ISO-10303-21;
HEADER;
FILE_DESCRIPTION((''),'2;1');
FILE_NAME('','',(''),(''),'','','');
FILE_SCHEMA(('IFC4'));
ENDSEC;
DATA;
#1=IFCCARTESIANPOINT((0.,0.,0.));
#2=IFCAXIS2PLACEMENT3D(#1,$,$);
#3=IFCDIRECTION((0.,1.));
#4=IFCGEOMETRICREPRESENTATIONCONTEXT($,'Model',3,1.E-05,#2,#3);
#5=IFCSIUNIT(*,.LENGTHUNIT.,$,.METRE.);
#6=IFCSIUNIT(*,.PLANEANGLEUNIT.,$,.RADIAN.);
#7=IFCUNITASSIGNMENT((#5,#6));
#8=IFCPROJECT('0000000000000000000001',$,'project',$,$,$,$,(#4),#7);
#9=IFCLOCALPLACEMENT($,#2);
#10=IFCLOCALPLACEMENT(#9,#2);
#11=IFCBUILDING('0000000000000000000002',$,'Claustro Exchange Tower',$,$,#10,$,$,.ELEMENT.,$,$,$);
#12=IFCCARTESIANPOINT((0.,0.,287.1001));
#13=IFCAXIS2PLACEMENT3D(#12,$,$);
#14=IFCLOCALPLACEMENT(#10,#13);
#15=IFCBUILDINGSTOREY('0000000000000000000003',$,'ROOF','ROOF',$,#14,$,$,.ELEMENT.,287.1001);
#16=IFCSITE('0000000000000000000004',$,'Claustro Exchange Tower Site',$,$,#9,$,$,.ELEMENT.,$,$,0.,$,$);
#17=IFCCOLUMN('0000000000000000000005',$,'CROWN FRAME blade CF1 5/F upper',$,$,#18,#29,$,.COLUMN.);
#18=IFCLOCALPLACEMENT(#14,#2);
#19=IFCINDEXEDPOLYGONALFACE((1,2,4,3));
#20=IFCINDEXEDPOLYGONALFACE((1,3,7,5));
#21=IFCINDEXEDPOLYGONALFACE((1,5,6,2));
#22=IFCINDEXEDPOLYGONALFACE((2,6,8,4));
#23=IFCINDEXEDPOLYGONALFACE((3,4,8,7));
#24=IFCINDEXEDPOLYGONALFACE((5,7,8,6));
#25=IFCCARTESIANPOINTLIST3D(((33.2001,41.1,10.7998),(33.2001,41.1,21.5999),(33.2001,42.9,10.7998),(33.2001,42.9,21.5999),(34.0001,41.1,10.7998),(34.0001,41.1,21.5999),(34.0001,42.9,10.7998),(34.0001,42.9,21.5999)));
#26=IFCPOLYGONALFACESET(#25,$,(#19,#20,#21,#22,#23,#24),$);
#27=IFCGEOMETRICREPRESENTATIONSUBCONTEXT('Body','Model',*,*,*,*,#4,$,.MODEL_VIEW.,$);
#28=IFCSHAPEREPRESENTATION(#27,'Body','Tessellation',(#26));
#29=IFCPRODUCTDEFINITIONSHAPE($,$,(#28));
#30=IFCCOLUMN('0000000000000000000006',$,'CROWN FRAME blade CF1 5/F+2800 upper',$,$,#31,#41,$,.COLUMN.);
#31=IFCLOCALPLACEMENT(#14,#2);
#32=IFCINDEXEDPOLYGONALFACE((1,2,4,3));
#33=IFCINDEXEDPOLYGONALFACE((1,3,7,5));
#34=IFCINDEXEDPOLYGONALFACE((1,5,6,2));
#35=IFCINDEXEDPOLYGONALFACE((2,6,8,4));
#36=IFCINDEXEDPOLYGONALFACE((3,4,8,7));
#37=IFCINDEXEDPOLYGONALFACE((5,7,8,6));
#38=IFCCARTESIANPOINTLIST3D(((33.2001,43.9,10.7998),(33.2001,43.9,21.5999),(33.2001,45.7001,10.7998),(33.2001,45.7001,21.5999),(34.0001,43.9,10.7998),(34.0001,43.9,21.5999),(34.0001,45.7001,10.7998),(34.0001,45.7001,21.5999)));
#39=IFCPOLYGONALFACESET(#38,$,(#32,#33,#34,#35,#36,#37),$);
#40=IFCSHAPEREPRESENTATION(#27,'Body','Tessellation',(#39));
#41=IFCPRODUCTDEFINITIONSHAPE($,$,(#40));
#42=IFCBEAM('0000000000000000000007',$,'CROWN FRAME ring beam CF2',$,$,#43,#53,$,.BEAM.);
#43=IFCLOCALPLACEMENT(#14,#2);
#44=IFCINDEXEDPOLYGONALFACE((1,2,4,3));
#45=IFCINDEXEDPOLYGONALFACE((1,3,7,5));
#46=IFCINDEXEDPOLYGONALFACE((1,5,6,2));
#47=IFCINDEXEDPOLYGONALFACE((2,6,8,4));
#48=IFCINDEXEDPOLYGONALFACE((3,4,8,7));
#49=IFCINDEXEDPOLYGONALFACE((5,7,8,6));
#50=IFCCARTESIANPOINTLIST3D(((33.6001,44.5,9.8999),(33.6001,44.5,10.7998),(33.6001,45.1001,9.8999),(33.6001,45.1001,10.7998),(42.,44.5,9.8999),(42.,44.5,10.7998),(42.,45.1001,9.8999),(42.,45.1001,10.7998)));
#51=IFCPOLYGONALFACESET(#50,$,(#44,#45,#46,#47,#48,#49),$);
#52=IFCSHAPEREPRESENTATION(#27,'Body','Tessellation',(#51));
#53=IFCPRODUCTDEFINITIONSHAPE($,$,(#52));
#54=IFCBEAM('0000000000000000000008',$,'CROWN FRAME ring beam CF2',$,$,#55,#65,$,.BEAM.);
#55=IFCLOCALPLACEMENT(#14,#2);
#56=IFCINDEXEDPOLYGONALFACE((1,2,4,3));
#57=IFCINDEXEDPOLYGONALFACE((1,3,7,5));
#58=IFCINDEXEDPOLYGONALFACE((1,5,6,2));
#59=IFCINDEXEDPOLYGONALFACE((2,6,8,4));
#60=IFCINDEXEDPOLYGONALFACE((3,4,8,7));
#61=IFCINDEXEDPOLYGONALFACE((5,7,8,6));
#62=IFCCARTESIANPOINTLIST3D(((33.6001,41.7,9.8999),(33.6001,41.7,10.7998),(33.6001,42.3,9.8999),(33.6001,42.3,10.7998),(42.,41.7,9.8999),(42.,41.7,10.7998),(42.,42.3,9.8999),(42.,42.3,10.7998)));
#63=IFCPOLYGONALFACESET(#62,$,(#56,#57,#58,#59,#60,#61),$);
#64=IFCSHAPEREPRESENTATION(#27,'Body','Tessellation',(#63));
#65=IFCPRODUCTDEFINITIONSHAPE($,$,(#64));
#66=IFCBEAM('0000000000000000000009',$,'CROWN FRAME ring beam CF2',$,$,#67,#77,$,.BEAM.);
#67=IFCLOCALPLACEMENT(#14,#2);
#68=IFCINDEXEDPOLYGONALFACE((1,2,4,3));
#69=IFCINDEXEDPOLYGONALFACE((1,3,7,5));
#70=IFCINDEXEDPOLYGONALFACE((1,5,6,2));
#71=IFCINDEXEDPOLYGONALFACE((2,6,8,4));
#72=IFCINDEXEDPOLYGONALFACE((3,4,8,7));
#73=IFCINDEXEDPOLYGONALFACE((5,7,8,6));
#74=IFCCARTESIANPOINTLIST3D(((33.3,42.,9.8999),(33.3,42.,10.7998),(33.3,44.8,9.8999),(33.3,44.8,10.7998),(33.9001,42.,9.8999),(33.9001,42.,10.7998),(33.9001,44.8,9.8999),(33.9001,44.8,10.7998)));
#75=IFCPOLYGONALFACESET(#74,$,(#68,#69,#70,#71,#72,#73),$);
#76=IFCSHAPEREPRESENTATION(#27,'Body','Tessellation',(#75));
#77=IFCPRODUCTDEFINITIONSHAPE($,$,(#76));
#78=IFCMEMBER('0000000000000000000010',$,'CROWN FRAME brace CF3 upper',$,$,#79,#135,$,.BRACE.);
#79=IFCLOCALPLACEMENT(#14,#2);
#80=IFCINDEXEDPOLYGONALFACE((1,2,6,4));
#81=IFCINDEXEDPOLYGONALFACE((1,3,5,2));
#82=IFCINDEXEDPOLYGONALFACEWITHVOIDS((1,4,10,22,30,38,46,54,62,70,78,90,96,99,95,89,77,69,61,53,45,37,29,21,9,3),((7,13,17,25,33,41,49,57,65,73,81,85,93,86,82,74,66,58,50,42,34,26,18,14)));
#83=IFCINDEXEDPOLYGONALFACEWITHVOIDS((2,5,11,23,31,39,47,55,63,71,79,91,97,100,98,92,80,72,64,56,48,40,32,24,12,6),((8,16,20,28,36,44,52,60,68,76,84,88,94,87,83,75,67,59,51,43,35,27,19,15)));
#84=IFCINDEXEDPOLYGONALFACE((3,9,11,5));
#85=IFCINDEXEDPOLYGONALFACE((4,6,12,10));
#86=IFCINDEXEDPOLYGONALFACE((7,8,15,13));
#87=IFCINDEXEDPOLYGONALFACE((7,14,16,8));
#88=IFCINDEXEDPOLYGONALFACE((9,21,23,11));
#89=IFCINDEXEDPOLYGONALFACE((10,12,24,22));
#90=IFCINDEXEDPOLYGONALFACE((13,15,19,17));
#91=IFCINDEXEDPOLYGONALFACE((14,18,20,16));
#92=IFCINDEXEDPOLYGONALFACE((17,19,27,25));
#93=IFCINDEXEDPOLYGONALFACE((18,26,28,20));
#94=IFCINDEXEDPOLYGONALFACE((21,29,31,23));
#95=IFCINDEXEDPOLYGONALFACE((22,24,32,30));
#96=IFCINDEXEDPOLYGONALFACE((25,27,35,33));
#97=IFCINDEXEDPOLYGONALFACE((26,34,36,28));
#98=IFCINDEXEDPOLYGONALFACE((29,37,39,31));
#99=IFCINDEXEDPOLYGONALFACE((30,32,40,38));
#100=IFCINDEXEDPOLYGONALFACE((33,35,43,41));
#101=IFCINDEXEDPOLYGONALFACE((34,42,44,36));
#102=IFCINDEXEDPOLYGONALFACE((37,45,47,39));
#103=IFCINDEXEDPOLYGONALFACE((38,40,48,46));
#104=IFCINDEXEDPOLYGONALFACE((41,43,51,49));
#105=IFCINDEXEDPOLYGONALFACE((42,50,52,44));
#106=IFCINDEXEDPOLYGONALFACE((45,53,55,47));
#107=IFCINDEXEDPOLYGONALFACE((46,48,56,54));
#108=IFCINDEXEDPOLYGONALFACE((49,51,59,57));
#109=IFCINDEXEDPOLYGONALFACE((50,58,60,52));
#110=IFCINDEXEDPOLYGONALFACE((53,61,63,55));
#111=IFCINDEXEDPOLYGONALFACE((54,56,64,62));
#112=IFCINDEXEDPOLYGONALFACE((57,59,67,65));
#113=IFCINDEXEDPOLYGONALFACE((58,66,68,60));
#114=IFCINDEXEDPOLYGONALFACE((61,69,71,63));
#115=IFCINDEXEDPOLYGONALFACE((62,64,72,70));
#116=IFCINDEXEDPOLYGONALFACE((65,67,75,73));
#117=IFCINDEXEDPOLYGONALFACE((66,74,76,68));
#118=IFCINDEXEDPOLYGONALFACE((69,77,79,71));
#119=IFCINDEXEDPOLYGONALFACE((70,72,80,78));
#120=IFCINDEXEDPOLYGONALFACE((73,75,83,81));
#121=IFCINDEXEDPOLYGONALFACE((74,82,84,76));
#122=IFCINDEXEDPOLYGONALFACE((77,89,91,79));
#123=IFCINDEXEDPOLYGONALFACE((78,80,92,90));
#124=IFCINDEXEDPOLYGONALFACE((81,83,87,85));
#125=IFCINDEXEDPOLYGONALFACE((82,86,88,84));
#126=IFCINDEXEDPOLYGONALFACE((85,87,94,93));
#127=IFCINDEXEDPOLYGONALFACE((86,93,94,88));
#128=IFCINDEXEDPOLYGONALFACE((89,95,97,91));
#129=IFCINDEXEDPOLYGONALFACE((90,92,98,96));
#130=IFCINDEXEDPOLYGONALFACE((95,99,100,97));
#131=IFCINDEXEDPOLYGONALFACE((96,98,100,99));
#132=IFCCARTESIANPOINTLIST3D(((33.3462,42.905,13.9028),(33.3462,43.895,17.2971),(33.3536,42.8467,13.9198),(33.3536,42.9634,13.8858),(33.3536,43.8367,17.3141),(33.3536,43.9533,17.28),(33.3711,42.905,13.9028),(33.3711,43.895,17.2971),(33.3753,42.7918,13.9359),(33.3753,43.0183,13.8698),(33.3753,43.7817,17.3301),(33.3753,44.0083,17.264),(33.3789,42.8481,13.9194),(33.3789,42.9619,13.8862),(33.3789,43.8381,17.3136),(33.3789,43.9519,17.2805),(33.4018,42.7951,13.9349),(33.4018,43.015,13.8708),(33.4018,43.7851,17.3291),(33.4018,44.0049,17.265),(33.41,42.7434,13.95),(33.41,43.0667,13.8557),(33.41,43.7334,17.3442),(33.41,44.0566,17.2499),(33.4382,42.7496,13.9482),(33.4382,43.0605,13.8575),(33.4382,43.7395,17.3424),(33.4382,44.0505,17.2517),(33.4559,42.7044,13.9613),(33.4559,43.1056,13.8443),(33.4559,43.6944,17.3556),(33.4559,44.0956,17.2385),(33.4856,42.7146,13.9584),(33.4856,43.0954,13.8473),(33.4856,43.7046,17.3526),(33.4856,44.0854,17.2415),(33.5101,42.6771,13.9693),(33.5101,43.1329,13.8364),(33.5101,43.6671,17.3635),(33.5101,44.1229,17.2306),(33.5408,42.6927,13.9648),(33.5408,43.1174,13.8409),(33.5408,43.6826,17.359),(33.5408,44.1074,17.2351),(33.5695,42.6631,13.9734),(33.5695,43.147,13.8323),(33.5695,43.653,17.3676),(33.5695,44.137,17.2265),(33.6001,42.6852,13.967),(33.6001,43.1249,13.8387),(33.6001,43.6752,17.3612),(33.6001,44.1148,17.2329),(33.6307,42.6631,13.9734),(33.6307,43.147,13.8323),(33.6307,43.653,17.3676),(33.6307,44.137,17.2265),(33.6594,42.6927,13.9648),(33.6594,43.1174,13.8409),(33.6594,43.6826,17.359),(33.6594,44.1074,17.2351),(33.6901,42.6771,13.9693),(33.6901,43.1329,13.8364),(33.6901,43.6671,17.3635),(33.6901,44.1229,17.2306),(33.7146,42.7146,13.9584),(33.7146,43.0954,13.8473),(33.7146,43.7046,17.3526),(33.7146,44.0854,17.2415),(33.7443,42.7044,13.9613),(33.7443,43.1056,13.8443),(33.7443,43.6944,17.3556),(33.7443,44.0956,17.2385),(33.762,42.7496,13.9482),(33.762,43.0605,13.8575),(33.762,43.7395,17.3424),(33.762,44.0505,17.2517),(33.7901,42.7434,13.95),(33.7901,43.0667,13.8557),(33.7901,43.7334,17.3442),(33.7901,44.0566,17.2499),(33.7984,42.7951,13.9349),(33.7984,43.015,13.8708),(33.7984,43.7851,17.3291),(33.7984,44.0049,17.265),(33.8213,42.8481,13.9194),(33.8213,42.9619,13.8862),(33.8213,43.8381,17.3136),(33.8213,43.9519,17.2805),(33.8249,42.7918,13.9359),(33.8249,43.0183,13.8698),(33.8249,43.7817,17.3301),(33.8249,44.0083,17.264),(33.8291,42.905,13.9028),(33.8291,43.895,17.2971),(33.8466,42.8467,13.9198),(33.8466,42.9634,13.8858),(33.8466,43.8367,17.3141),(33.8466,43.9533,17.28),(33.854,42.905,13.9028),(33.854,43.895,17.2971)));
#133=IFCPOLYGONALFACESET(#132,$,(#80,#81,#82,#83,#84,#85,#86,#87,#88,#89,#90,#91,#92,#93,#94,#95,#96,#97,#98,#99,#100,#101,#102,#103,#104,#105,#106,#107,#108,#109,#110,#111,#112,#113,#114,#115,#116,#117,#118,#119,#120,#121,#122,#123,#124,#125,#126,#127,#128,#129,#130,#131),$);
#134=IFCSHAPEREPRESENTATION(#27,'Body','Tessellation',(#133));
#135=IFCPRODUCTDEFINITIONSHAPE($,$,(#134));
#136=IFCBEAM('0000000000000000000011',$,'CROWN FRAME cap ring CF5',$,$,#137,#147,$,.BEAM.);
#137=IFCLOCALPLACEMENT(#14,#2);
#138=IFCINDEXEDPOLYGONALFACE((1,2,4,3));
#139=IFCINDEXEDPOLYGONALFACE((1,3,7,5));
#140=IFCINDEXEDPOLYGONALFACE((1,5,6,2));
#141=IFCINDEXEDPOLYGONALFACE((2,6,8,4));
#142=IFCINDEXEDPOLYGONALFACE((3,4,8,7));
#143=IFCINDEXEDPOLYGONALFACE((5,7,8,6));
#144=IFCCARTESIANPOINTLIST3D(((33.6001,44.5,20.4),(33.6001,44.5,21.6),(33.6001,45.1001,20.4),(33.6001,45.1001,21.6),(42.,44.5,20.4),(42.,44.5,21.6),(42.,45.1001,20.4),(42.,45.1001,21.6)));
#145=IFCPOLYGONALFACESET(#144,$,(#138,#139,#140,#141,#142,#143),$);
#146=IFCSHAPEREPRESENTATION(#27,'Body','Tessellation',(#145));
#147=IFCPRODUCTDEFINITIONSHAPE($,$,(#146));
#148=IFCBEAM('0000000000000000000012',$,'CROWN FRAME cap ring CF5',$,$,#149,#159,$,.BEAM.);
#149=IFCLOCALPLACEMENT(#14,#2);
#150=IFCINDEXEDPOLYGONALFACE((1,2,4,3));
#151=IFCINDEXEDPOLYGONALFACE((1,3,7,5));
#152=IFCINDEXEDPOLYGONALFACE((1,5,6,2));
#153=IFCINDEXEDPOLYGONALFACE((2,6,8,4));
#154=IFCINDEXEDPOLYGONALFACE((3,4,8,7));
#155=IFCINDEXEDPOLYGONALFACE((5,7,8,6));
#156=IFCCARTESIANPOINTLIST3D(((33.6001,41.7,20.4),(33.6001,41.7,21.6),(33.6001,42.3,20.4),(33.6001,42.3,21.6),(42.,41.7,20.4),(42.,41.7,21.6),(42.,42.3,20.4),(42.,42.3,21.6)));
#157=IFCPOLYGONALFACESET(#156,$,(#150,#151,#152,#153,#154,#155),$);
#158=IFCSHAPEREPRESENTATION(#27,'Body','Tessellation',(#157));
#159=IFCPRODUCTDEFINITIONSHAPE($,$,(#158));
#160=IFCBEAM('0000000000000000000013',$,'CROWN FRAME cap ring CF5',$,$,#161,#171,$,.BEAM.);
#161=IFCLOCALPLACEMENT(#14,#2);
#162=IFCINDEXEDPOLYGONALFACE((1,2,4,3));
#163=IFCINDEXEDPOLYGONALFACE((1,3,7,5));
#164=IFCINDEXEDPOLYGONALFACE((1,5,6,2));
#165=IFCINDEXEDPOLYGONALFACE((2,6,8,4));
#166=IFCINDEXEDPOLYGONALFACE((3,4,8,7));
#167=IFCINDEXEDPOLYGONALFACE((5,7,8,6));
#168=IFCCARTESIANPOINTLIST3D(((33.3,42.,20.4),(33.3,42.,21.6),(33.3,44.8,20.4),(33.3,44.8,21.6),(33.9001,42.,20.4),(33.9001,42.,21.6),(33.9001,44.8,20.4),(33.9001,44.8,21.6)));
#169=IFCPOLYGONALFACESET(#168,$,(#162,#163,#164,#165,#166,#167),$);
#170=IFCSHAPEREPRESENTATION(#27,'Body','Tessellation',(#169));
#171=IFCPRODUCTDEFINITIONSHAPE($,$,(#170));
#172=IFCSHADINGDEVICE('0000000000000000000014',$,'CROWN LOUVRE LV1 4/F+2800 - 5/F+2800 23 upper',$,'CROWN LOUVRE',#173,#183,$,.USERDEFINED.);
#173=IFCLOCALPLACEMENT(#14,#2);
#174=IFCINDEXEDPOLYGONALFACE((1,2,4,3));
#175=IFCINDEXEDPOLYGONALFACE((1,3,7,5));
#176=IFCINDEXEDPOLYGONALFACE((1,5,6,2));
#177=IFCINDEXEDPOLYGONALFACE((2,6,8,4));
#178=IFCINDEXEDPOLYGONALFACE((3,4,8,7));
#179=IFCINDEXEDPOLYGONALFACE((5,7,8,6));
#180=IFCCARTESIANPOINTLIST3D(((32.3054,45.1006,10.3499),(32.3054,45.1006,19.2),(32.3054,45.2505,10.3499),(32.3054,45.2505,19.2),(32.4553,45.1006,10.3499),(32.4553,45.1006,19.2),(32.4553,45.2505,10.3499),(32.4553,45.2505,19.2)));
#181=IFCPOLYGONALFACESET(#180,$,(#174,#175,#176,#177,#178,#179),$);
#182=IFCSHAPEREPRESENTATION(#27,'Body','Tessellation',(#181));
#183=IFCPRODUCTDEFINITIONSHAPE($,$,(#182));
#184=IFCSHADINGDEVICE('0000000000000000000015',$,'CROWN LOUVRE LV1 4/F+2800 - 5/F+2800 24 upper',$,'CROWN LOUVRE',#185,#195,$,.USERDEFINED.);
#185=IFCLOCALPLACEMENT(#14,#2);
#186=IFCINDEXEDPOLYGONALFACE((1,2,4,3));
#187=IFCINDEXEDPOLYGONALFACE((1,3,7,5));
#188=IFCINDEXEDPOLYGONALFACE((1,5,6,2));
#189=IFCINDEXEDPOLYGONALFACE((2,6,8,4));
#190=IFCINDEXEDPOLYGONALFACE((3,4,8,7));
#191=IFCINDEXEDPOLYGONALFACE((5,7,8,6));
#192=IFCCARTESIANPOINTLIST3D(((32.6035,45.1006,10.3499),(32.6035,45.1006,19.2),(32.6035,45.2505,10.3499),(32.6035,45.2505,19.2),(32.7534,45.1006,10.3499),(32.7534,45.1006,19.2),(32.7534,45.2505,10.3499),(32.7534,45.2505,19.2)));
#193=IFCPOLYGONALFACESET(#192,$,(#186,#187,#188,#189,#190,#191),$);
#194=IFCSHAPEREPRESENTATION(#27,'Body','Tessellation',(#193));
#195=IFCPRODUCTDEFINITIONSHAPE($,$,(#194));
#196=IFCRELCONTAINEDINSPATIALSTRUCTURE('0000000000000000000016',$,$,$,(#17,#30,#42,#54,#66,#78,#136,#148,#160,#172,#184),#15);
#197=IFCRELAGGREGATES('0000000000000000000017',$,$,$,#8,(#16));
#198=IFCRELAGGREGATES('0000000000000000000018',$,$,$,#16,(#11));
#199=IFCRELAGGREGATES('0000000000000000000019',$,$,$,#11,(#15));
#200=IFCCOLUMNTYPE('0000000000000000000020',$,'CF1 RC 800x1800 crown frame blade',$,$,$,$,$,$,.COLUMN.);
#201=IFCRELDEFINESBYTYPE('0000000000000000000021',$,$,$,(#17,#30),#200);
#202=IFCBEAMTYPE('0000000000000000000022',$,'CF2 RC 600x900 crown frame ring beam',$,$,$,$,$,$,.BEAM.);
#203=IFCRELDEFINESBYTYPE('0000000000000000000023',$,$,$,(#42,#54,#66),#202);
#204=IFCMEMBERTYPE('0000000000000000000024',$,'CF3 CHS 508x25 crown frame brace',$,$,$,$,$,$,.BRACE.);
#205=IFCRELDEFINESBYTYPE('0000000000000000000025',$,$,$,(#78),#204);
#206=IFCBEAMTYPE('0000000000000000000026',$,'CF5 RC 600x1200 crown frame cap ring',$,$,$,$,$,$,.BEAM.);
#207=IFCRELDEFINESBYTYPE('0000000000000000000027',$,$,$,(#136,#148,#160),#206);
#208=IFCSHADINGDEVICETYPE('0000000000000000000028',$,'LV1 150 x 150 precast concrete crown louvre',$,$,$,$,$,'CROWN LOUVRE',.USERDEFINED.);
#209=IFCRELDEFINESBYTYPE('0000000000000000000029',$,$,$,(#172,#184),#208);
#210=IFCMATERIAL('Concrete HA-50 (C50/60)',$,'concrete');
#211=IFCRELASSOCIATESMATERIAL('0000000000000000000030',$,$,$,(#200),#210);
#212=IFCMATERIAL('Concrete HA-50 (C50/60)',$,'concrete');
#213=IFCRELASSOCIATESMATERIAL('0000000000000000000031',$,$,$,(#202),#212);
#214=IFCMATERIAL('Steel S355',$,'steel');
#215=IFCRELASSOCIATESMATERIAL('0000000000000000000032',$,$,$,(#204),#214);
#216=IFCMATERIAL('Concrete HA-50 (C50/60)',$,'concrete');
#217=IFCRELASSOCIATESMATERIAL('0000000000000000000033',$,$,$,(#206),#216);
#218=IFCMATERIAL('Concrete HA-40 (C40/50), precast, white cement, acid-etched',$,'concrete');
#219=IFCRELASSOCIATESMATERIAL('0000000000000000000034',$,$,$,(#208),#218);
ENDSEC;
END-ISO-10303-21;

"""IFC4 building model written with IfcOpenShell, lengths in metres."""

from ifc_helpers import new_model, si_unit, direction, frame, origin, origin_2d, place, context, subcontext, project, spatial, rectangle, hollow_circle, extrude, material, material_profile, profile_set, type_object, element, save


model = new_model("IFC4")

# Units and contexts
model_context = context("Model", 3, precision=1e-05, world=origin(), true_north=direction((0.0, 1.0)))
body_context = subcontext(model_context, "Body", "Model", "MODEL_VIEW")
ifc_project = project(units=[si_unit("LENGTHUNIT", "METRE"), si_unit("PLANEANGLEUNIT", "RADIAN")], contexts=[model_context])

# Site, building, storey
site_placement = place(None, origin())
site = spatial("IfcSite", under=ifc_project, at=site_placement, Name="Claustro Exchange Tower Site", CompositionType="ELEMENT", RefElevation=0.0)
building_placement = place(site_placement, origin())
building = spatial("IfcBuilding", under=site, at=building_placement, Name="Claustro Exchange Tower", CompositionType="ELEMENT")
storey_placement = place(building_placement, frame((0.0, 0.0, 287.1001)))
storey = spatial("IfcBuildingStorey", under=building, at=storey_placement, Name="ROOF", Description="ROOF", CompositionType="ELEMENT", Elevation=287.1001)

# Columns
ifc_material_1 = material(Name="Concrete HA-50 (C50/60)", Category="concrete")
ifc_material_profile_1 = material_profile(ifc_material_1, rectangle(XDim=0.8, YDim=1.8, at=origin_2d()), Name="RC 800x1800")
ifc_profile_set_1 = profile_set([ifc_material_profile_1], Name="Concrete HA-50 (C50/60)")
column_type = type_object("IfcColumnType", Name="CF1 RC 800x1800 crown frame blade", PredefinedType="COLUMN", material=ifc_profile_set_1)
for number, where, z_axis, x_axis, name in (
    (1, (33.6001, 42.0, 10.7998), (0.0, 0.0, 1.0), (1.0, 0.0, 0.0), "CROWN FRAME blade CF1 5/F upper"),
    (2, (33.6001, 44.8, 10.7998), (0.0, 0.0, 1.0), (1.0, 0.0, 0.0), "CROWN FRAME blade CF1 5/F+2800 upper"),
):
    element("IfcColumn", number, at=place(storey_placement, frame(where, z_axis=z_axis, x_axis=x_axis)), inside=storey, type_object=column_type, Name=name, PredefinedType="COLUMN", context=body_context, shape_type="SweptSolid", body=[
        extrude(rectangle(XDim=0.8, YDim=1.8, at=origin_2d()), origin(), (0.0, 0.0, 1.0), 10.8),
    ])

# Beams
ifc_material_2 = material(Name="Concrete HA-50 (C50/60)", Category="concrete")
ifc_material_profile_2 = material_profile(ifc_material_2, rectangle(XDim=0.6001, YDim=0.8999, at=origin_2d()), Name="RC 600x900")
ifc_profile_set_2 = profile_set([ifc_material_profile_2], Name="Concrete HA-50 (C50/60)")
beam_type_1 = type_object("IfcBeamType", Name="CF2 RC 600x900 crown frame ring beam", PredefinedType="BEAM", material=ifc_profile_set_2)
for number, where, z_axis, x_axis, name in (
    (3, (33.6001, 44.8, 10.3499), (1.0, 0.0, 0.0), (0.0, 1.0, 0.0), "CROWN FRAME ring beam CF2"),
    (4, (33.6001, 42.0, 10.3499), (1.0, 0.0, 0.0), (0.0, 1.0, 0.0), "CROWN FRAME ring beam CF2"),
):
    element("IfcBeam", number, at=place(storey_placement, frame(where, z_axis=z_axis, x_axis=x_axis)), inside=storey, type_object=beam_type_1, Name=name, PredefinedType="BEAM", context=body_context, shape_type="SweptSolid", body=[
        extrude(rectangle(XDim=0.6001, YDim=0.8999, at=origin_2d()), origin(), (0.0, 0.0, 1.0), 8.3999),
    ])
beam_1_placement = place(storey_placement, frame((33.6001, 42.0, 10.3499), z_axis=(0.0, 1.0, 0.0), x_axis=(-1.0, 0.0, 0.0)))
element("IfcBeam", 5, at=beam_1_placement, inside=storey, type_object=beam_type_1, Name="CROWN FRAME ring beam CF2", PredefinedType="BEAM", context=body_context, shape_type="SweptSolid", body=[
    extrude(rectangle(XDim=0.6001, YDim=0.8999, at=origin_2d()), origin(), (0.0, 0.0, 1.0), 2.8),
])

# Member
ifc_material_3 = material(Name="Steel S355", Category="steel")
ifc_material_profile_3 = material_profile(ifc_material_3, hollow_circle(Radius=0.2539, WallThickness=0.0249, at=origin_2d()), Name="CHS 508x25")
ifc_profile_set_3 = profile_set([ifc_material_profile_3], Name="Steel S355")
member_type = type_object("IfcMemberType", Name="CF3 CHS 508x25 crown frame brace", PredefinedType="BRACE", material=ifc_profile_set_3)
member_placement = place(storey_placement, frame((33.6001, 42.905, 13.9028), z_axis=(0.0, 0.279997, 0.960001), x_axis=(-1.0, 0.0, 0.0)))
element("IfcMember", 6, at=member_placement, inside=storey, type_object=member_type, Name="CROWN FRAME brace CF3 upper", PredefinedType="BRACE", context=body_context, shape_type="SweptSolid", body=[
    extrude(hollow_circle(Radius=0.2539, WallThickness=0.0249, at=origin_2d()), origin(), (0.0, 0.0, 1.0), 3.5356),
])

# Beams
ifc_material_4 = material(Name="Concrete HA-50 (C50/60)", Category="concrete")
ifc_material_profile_4 = material_profile(ifc_material_4, rectangle(XDim=0.6001, YDim=1.2, at=origin_2d()), Name="RC 600x1200")
ifc_profile_set_4 = profile_set([ifc_material_profile_4], Name="Concrete HA-50 (C50/60)")
beam_type_2 = type_object("IfcBeamType", Name="CF5 RC 600x1200 crown frame cap ring", PredefinedType="BEAM", material=ifc_profile_set_4)
for number, where, z_axis, x_axis, name in (
    (7, (33.6001, 44.8, 21.0), (1.0, 0.0, 0.0), (0.0, 1.0, 0.0), "CROWN FRAME cap ring CF5"),
    (8, (33.6001, 42.0, 21.0), (1.0, 0.0, 0.0), (0.0, 1.0, 0.0), "CROWN FRAME cap ring CF5"),
):
    element("IfcBeam", number, at=place(storey_placement, frame(where, z_axis=z_axis, x_axis=x_axis)), inside=storey, type_object=beam_type_2, Name=name, PredefinedType="BEAM", context=body_context, shape_type="SweptSolid", body=[
        extrude(rectangle(XDim=0.6001, YDim=1.2, at=origin_2d()), origin(), (0.0, 0.0, 1.0), 8.3999),
    ])
beam_2_placement = place(storey_placement, frame((33.6001, 42.0, 21.0), z_axis=(0.0, 1.0, 0.0), x_axis=(-1.0, 0.0, 0.0)))
element("IfcBeam", 9, at=beam_2_placement, inside=storey, type_object=beam_type_2, Name="CROWN FRAME cap ring CF5", PredefinedType="BEAM", context=body_context, shape_type="SweptSolid", body=[
    extrude(rectangle(XDim=0.6001, YDim=1.2, at=origin_2d()), origin(), (0.0, 0.0, 1.0), 2.8),
])

# Shading devices
ifc_material_5 = material(Name="Concrete HA-40 (C40/50), precast, white cement, acid-etched", Category="concrete")
shading_device_type = type_object("IfcShadingDeviceType", Name="LV1 150 x 150 precast concrete crown louvre", ElementType="CROWN LOUVRE", PredefinedType="USERDEFINED", material=ifc_material_5)
for number, where, z_axis, x_axis, name in (
    (10, (32.3804, 45.1755, 10.3499), (0.0, 0.0, 1.0), (1.0, 0.0, 0.0), "CROWN LOUVRE LV1 4/F+2800 - 5/F+2800 23 upper"),
    (11, (32.6785, 45.1755, 10.3499), (0.0, 0.0, 1.0), (1.0, 0.0, 0.0), "CROWN LOUVRE LV1 4/F+2800 - 5/F+2800 24 upper"),
):
    element("IfcShadingDevice", number, at=place(storey_placement, frame(where, z_axis=z_axis, x_axis=x_axis)), inside=storey, type_object=shading_device_type, Name=name, ObjectType="CROWN LOUVRE", PredefinedType="USERDEFINED", context=body_context, shape_type="SweptSolid", body=[
        extrude(rectangle(XDim=0.1499, YDim=0.1499, at=origin_2d()), origin(), (0.0, 0.0, 1.0), 8.8501),
    ])

save(model, "model.ifc")
